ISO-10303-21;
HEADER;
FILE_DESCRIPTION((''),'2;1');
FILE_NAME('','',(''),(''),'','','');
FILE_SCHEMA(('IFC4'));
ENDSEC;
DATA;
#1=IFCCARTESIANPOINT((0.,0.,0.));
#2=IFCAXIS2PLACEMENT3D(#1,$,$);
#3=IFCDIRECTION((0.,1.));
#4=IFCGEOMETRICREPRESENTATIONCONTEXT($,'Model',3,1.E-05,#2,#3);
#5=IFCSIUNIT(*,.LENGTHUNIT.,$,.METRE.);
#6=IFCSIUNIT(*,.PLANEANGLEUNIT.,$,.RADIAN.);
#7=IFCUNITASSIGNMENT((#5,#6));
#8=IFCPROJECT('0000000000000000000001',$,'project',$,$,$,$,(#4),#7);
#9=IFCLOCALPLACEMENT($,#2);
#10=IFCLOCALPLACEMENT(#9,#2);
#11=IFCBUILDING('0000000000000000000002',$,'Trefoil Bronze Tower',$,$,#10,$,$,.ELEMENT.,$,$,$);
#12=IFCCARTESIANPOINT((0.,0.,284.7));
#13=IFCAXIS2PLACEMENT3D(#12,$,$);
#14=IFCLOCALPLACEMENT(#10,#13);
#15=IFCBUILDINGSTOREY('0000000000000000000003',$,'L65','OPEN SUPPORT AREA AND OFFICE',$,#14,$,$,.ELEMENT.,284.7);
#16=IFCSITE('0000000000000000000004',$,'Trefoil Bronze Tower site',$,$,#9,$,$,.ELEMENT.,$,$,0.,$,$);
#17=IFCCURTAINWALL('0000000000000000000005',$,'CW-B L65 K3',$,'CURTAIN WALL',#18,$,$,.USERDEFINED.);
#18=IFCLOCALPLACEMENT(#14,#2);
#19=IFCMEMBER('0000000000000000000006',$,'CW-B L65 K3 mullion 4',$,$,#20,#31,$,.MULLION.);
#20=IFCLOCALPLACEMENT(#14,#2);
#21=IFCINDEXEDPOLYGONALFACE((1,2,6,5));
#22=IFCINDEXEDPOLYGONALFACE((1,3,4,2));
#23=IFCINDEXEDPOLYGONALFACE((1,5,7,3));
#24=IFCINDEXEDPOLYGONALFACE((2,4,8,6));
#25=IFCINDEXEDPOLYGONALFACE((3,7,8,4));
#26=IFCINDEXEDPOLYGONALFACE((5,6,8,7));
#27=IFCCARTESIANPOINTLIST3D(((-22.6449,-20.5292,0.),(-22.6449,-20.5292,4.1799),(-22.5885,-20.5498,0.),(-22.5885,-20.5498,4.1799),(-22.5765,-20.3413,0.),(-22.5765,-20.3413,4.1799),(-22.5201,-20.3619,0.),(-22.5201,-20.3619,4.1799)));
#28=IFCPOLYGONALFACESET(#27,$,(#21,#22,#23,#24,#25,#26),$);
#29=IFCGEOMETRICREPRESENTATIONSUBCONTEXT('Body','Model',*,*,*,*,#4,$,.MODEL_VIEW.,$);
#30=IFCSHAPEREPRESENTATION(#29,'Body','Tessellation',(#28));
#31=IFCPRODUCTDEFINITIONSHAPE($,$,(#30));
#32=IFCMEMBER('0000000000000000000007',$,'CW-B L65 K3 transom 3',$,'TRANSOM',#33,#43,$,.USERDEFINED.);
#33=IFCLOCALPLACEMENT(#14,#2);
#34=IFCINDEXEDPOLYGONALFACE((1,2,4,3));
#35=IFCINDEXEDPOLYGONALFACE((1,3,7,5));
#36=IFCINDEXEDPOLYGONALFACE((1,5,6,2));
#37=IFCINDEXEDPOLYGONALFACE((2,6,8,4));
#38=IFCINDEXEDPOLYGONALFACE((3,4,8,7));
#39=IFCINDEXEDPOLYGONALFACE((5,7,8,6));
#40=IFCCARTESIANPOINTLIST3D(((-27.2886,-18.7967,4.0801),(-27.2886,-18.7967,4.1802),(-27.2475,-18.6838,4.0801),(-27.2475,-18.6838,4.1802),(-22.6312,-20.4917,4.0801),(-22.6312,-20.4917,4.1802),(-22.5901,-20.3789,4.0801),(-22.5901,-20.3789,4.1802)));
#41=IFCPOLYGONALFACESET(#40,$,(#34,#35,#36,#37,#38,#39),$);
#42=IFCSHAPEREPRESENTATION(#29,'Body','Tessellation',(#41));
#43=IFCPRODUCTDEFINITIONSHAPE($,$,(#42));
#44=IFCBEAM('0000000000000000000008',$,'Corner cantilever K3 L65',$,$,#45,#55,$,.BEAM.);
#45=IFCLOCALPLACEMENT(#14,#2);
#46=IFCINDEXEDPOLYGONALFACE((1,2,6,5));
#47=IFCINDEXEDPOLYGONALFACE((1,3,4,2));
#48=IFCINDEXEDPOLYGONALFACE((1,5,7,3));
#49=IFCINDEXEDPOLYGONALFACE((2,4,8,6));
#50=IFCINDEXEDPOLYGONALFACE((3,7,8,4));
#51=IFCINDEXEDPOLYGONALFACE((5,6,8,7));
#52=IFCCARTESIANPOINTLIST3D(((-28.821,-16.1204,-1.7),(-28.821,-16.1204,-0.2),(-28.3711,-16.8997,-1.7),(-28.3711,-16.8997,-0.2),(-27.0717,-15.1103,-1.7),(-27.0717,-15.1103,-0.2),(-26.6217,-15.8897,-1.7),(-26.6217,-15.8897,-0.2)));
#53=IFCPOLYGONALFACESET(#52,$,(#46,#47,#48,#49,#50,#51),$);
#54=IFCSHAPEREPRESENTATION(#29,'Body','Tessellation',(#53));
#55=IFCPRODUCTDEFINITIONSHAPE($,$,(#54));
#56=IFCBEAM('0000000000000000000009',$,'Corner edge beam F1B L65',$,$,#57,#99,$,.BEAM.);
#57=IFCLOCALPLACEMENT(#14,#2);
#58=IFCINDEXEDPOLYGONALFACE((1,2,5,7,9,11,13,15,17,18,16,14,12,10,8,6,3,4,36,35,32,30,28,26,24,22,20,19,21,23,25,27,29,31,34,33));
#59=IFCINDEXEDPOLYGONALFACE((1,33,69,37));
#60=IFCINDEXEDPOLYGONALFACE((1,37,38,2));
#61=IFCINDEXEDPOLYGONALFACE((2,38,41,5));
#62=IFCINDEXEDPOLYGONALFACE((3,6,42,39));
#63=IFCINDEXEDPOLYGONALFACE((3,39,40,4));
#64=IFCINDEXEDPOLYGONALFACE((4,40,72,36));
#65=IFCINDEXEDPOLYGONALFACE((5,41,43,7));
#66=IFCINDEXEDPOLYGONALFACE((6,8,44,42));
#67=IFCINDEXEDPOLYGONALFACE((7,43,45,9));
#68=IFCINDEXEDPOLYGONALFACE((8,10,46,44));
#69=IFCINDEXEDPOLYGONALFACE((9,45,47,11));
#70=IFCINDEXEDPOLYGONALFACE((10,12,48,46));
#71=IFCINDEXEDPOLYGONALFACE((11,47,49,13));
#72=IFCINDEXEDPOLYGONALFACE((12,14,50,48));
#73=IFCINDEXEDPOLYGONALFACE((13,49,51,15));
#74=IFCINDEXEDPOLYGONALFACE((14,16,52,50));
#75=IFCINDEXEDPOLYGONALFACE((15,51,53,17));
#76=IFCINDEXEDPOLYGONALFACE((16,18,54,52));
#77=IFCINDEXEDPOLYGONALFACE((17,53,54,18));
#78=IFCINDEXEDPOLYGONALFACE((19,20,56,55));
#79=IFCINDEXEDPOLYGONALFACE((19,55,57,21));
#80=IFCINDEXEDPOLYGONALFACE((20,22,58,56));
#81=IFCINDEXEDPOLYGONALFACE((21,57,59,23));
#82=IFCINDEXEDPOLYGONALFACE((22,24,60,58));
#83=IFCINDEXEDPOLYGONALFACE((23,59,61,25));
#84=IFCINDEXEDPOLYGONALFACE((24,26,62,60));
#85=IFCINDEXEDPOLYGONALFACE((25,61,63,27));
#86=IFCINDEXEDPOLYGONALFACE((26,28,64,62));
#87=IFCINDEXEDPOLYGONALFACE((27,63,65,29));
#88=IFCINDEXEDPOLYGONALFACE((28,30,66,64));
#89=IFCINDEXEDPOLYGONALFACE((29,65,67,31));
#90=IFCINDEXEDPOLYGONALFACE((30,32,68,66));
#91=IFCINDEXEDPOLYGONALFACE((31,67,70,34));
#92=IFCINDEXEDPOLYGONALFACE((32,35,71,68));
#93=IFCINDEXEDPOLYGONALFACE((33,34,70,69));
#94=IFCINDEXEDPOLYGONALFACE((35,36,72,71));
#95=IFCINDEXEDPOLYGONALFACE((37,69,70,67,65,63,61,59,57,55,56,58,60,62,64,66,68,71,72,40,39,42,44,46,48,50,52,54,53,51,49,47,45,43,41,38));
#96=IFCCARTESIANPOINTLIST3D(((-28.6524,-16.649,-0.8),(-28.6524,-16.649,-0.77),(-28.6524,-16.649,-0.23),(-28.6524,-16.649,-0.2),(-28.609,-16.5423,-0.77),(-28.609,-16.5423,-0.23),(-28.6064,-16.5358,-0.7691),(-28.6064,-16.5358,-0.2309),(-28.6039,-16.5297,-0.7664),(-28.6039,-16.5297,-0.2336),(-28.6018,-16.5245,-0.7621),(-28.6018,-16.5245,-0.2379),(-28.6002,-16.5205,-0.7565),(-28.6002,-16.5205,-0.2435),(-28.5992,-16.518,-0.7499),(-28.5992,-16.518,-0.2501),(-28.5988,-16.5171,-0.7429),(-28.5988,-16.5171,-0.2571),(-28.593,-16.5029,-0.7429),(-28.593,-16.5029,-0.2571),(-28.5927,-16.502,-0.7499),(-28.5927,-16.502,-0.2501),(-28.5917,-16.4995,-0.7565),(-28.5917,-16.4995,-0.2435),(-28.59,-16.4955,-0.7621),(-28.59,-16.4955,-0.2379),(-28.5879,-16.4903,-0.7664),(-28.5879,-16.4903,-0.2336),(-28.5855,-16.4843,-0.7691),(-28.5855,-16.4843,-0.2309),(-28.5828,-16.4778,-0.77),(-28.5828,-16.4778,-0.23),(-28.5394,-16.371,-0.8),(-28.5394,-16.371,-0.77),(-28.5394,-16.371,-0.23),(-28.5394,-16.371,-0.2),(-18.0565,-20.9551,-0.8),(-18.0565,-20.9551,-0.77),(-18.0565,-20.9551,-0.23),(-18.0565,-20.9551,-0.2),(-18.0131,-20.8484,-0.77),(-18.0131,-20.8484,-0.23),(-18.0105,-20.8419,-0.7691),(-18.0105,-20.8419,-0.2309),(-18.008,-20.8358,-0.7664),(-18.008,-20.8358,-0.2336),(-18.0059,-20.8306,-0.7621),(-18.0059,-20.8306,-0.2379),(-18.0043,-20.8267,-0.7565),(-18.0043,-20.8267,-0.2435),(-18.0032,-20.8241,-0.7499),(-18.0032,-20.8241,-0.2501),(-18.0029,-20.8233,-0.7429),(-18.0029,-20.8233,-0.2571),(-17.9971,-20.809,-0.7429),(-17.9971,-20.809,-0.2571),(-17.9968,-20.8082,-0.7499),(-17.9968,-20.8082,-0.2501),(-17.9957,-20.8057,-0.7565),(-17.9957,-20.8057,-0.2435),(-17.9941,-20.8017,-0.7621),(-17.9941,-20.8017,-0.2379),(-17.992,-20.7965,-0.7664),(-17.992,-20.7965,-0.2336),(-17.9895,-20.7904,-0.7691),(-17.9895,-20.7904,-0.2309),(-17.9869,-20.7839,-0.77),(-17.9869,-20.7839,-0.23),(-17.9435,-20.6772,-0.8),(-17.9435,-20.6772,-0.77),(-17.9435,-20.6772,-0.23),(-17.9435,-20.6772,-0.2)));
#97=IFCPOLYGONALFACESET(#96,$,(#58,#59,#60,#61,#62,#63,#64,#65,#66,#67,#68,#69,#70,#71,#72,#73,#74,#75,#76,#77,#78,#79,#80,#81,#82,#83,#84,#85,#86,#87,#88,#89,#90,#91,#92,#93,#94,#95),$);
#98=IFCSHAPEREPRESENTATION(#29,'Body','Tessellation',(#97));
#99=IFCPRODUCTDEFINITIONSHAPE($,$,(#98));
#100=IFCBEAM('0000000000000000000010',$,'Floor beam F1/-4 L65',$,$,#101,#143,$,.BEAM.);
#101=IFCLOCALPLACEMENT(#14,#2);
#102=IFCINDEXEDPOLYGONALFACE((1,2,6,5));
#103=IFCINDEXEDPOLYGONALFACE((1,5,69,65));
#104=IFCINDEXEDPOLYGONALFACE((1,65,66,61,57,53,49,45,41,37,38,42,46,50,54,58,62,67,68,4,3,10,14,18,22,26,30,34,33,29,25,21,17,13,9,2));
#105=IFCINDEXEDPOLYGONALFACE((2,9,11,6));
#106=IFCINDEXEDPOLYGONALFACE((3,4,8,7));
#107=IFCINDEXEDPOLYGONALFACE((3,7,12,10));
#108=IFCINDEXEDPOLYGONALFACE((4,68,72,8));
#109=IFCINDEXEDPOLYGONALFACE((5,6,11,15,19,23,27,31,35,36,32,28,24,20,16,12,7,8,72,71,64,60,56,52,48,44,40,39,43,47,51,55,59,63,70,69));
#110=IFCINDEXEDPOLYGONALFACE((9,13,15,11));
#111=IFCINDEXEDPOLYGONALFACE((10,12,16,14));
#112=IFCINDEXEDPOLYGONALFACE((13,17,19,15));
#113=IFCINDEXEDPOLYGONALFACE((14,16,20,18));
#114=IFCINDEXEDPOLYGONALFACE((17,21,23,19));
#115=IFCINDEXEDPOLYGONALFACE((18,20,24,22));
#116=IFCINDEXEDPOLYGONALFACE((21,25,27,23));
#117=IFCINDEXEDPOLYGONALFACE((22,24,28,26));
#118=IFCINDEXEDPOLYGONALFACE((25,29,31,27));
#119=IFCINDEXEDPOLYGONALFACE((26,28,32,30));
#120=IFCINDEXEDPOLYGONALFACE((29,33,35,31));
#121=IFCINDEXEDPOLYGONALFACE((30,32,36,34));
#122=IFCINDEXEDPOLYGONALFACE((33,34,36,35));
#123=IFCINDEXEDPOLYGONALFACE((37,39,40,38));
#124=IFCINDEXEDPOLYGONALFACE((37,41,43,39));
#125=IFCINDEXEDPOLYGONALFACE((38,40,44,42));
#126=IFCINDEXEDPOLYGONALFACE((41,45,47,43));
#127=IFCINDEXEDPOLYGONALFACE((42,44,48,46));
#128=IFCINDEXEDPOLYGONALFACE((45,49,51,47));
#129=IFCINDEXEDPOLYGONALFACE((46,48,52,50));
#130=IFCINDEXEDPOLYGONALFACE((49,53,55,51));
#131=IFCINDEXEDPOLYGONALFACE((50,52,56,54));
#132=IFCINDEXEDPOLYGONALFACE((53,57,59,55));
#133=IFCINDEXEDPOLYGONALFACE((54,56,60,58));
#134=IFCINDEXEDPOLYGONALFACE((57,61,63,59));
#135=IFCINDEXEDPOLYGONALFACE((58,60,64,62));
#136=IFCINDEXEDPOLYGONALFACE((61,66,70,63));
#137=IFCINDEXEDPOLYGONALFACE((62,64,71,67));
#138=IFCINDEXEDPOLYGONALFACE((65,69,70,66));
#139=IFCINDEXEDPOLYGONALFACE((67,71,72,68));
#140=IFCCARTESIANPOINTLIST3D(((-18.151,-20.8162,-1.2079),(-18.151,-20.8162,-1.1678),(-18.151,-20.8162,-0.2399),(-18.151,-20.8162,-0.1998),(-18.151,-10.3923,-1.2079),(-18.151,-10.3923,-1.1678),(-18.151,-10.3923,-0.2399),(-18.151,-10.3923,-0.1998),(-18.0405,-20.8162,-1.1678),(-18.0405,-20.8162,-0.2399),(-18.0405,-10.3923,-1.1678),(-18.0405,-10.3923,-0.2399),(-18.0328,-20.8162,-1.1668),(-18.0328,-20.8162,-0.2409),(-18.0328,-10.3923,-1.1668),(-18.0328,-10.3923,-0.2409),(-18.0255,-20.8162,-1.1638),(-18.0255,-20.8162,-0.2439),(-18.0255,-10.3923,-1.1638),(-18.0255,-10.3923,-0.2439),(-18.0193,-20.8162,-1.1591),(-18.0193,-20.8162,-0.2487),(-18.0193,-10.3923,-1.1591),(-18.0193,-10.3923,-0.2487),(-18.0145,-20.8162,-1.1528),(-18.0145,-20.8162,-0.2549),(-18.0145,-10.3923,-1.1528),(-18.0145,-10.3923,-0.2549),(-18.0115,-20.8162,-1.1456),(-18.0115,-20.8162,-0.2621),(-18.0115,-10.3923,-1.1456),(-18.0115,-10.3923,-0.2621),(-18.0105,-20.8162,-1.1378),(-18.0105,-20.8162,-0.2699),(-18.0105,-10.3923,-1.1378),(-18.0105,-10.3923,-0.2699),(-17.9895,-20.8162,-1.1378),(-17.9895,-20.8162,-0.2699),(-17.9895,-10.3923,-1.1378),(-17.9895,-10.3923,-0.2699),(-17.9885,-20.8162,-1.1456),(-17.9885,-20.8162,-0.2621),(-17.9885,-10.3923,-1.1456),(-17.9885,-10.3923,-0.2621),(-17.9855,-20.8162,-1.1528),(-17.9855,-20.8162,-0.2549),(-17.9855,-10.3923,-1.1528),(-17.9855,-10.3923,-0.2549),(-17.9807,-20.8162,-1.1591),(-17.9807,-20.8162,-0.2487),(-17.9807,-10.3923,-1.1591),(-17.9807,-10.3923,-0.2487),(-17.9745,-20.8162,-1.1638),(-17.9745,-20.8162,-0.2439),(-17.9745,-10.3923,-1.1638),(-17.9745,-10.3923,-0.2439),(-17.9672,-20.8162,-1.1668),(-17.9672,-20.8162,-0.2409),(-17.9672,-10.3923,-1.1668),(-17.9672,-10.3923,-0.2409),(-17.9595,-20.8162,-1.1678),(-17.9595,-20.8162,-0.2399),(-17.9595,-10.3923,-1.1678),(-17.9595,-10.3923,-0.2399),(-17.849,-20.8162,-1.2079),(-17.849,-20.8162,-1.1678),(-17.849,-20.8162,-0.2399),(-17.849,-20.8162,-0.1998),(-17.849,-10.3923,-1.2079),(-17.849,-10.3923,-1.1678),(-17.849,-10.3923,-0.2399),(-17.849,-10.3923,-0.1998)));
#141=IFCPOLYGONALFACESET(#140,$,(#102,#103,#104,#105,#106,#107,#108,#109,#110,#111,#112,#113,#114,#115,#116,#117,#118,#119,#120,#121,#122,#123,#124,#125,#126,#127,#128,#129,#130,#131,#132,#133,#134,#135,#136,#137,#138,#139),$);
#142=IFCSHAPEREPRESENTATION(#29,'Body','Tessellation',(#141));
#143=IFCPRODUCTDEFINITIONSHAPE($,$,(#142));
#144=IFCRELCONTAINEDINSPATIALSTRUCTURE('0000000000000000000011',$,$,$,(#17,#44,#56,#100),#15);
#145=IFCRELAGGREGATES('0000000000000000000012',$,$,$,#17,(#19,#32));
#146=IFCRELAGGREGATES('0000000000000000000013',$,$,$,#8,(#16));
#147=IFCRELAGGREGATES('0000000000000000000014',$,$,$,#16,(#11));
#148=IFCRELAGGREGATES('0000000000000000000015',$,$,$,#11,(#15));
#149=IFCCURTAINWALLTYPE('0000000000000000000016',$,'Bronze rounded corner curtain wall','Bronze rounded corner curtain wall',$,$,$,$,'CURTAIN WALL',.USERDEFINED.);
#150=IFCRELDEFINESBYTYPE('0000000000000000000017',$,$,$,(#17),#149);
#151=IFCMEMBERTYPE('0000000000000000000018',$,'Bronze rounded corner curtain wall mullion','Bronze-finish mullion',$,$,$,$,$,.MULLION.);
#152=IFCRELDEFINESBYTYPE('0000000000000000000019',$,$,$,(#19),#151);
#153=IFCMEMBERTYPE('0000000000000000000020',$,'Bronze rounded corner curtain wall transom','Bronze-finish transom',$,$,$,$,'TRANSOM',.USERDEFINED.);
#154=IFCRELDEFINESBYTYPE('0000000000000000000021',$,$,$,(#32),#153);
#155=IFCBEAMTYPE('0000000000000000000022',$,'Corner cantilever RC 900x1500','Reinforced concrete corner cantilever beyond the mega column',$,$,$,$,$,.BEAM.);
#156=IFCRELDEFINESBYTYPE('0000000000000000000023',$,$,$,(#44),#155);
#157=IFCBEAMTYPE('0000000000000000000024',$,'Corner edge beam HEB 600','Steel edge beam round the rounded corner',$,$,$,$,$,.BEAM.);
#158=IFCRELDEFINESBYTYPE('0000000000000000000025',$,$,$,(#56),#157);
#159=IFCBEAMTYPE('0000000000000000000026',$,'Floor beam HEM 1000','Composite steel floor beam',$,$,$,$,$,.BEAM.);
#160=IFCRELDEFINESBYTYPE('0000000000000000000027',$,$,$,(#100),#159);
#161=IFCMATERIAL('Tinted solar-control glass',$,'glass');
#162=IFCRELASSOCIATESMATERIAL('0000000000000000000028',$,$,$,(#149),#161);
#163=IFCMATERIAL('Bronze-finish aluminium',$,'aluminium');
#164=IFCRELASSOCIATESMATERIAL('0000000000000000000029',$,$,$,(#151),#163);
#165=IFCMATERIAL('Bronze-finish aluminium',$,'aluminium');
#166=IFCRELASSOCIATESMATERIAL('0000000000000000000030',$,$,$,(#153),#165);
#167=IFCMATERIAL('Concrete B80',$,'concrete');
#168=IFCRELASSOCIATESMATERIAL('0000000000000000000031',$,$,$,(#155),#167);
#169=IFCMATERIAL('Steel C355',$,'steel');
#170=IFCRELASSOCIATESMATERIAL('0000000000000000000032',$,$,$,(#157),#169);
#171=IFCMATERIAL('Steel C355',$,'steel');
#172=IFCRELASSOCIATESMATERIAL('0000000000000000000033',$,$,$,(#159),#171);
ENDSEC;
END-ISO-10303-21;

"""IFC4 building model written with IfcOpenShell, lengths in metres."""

from ifc_helpers import new_model, si_unit, direction, frame, origin, origin_2d, place, context, subcontext, project, spatial, rectangle, i_section, extrude, material, material_profile, profile_set, type_object, element, aggregate, save


model = new_model("IFC4")

# Units and contexts
model_context = context("Model", 3, precision=1e-05, world=origin(), true_north=direction((0.0, 1.0)))
body_context = subcontext(model_context, "Body", "Model", "MODEL_VIEW")
ifc_project = project(units=[si_unit("LENGTHUNIT", "METRE"), si_unit("PLANEANGLEUNIT", "RADIAN")], contexts=[model_context])

# Site, building, storey
site_placement = place(None, origin())
site = spatial("IfcSite", under=ifc_project, at=site_placement, Name="Trefoil Bronze Tower site", CompositionType="ELEMENT", RefElevation=0.0)
building_placement = place(site_placement, origin())
building = spatial("IfcBuilding", under=site, at=building_placement, Name="Trefoil Bronze Tower", CompositionType="ELEMENT")
storey_placement = place(building_placement, frame((0.0, 0.0, 284.7)))
storey = spatial("IfcBuildingStorey", under=building, at=storey_placement, Name="L65", Description="OPEN SUPPORT AREA AND OFFICE", CompositionType="ELEMENT", Elevation=284.7)

# Curtain wall, members
ifc_material_1 = material(Name="Tinted solar-control glass", Category="glass")
curtain_wall_type_1 = type_object("IfcCurtainWallType", Name="Bronze rounded corner curtain wall", Description="Bronze rounded corner curtain wall", ElementType="CURTAIN WALL", PredefinedType="USERDEFINED", material=ifc_material_1)
curtain_wall_1_placement = place(storey_placement, origin())
curtain_wall_1 = element("IfcCurtainWall", 1, at=curtain_wall_1_placement, inside=storey, type_object=curtain_wall_type_1, Name="CW-B L65 K3", ObjectType="CURTAIN WALL", PredefinedType="USERDEFINED")
ifc_material_2 = material(Name="Bronze-finish aluminium", Category="aluminium")
ifc_material_profile_1 = material_profile(ifc_material_2, rectangle(XDim=0.2, YDim=0.0601, at=origin_2d()), Name="CW-B mullion")
ifc_profile_set_1 = profile_set([ifc_material_profile_1], Name="Bronze-finish aluminium")
member_type_1 = type_object("IfcMemberType", Name="Bronze rounded corner curtain wall mullion", Description="Bronze-finish mullion", PredefinedType="MULLION", material=ifc_profile_set_1)
member_1_placement = place(storey_placement, frame((-22.5825, -20.4456, 0.0), z_axis=(0.0, 0.0, 1.0), x_axis=(0.34202, 0.939693, 0.0)))
member_1 = element("IfcMember", 2, at=member_1_placement, type_object=member_type_1, Name="CW-B L65 K3 mullion 4", PredefinedType="MULLION", context=body_context, shape_type="SweptSolid", body=[
    extrude(rectangle(XDim=0.2, YDim=0.0601, at=origin_2d()), origin(), (0.0, 0.0, 1.0), 4.1799),
])
ifc_material_3 = material(Name="Bronze-finish aluminium", Category="aluminium")
ifc_material_profile_2 = material_profile(ifc_material_3, rectangle(XDim=0.1201, YDim=0.1001, at=origin_2d()), Name="CW-B transom")
ifc_profile_set_2 = profile_set([ifc_material_profile_2], Name="Bronze-finish aluminium")
member_type_2 = type_object("IfcMemberType", Name="Bronze rounded corner curtain wall transom", Description="Bronze-finish transom", ElementType="TRANSOM", PredefinedType="USERDEFINED", material=ifc_profile_set_2)
member_2_placement = place(storey_placement, frame((-27.2681, -18.7402, 4.1301), z_axis=(0.9397, -0.342, 0.0), x_axis=(0.342, 0.9397, 0.0)))
member_2 = element("IfcMember", 3, at=member_2_placement, type_object=member_type_2, Name="CW-B L65 K3 transom 3", ObjectType="TRANSOM", PredefinedType="USERDEFINED", context=body_context, shape_type="SweptSolid", body=[
    extrude(rectangle(XDim=0.1201, YDim=0.1001, at=origin_2d()), origin(), (0.0, 0.0, 1.0), 4.9563),
])

# Beams
ifc_material_4 = material(Name="Concrete B80", Category="concrete")
ifc_material_profile_3 = material_profile(ifc_material_4, rectangle(XDim=0.8999, YDim=1.5, at=origin_2d()), Name="RC 900x1500")
ifc_profile_set_3 = profile_set([ifc_material_profile_3], Name="Concrete B80")
beam_type_1 = type_object("IfcBeamType", Name="Corner cantilever RC 900x1500", Description="Reinforced concrete corner cantilever beyond the mega column", PredefinedType="BEAM", material=ifc_profile_set_3)
beam_1_placement = place(storey_placement, frame((-26.8467, -15.5, -0.95), z_axis=(-0.86601, -0.500026, 0.0), x_axis=(0.500026, -0.86601, 0.0)))
element("IfcBeam", 4, at=beam_1_placement, inside=storey, type_object=beam_type_1, Name="Corner cantilever K3 L65", PredefinedType="BEAM", context=body_context, shape_type="SweptSolid", body=[
    extrude(rectangle(XDim=0.8999, YDim=1.5, at=origin_2d()), origin(), (0.0, 0.0, 1.0), 2.02),
])
ifc_material_5 = material(Name="Steel C355", Category="steel")
ifc_material_profile_4 = material_profile(ifc_material_5, i_section(OverallWidth=0.3, OverallDepth=0.6001, WebThickness=0.0154, FlangeThickness=0.03, FilletRadius=0.0271, at=origin_2d()), Name="HEB 600")
ifc_profile_set_4 = profile_set([ifc_material_profile_4], Name="Steel C355")
beam_type_2 = type_object("IfcBeamType", Name="Corner edge beam HEB 600", Description="Steel edge beam round the rounded corner", PredefinedType="BEAM", material=ifc_profile_set_4)
beam_2_placement = place(storey_placement, frame((-18.0, -20.8162, -0.5), z_axis=(-0.926419, 0.376493, 0.0), x_axis=(-0.376493, -0.926419, 0.0)))
element("IfcBeam", 5, at=beam_2_placement, inside=storey, type_object=beam_type_2, Name="Corner edge beam F1B L65", PredefinedType="BEAM", context=body_context, shape_type="SweptSolid", body=[
    extrude(i_section(OverallWidth=0.3, OverallDepth=0.6001, WebThickness=0.0154, FlangeThickness=0.03, FilletRadius=0.0271, at=origin_2d()), origin(), (0.0, 0.0, 1.0), 11.4375),
])
ifc_material_6 = material(Name="Steel C355", Category="steel")
ifc_material_profile_5 = material_profile(ifc_material_6, i_section(OverallWidth=0.302, OverallDepth=1.0081, WebThickness=0.021, FlangeThickness=0.04, FilletRadius=0.03, at=origin_2d()), Name="HEM 1000")
ifc_profile_set_5 = profile_set([ifc_material_profile_5], Name="Steel C355")
beam_type_3 = type_object("IfcBeamType", Name="Floor beam HEM 1000", Description="Composite steel floor beam", PredefinedType="BEAM", material=ifc_profile_set_5)
beam_3_placement = place(storey_placement, frame((-18.0, -20.8162, -0.7039), z_axis=(0.0, 1.0, 0.0), x_axis=(-1.0, 0.0, 0.0)))
element("IfcBeam", 6, at=beam_3_placement, inside=storey, type_object=beam_type_3, Name="Floor beam F1/-4 L65", PredefinedType="BEAM", context=body_context, shape_type="SweptSolid", body=[
    extrude(i_section(OverallWidth=0.302, OverallDepth=1.0081, WebThickness=0.021, FlangeThickness=0.04, FilletRadius=0.03, at=origin_2d()), origin(), (0.0, 0.0, 1.0), 10.4238),
])

aggregate(curtain_wall_1, [member_1, member_2])

save(model, "model.ifc")
